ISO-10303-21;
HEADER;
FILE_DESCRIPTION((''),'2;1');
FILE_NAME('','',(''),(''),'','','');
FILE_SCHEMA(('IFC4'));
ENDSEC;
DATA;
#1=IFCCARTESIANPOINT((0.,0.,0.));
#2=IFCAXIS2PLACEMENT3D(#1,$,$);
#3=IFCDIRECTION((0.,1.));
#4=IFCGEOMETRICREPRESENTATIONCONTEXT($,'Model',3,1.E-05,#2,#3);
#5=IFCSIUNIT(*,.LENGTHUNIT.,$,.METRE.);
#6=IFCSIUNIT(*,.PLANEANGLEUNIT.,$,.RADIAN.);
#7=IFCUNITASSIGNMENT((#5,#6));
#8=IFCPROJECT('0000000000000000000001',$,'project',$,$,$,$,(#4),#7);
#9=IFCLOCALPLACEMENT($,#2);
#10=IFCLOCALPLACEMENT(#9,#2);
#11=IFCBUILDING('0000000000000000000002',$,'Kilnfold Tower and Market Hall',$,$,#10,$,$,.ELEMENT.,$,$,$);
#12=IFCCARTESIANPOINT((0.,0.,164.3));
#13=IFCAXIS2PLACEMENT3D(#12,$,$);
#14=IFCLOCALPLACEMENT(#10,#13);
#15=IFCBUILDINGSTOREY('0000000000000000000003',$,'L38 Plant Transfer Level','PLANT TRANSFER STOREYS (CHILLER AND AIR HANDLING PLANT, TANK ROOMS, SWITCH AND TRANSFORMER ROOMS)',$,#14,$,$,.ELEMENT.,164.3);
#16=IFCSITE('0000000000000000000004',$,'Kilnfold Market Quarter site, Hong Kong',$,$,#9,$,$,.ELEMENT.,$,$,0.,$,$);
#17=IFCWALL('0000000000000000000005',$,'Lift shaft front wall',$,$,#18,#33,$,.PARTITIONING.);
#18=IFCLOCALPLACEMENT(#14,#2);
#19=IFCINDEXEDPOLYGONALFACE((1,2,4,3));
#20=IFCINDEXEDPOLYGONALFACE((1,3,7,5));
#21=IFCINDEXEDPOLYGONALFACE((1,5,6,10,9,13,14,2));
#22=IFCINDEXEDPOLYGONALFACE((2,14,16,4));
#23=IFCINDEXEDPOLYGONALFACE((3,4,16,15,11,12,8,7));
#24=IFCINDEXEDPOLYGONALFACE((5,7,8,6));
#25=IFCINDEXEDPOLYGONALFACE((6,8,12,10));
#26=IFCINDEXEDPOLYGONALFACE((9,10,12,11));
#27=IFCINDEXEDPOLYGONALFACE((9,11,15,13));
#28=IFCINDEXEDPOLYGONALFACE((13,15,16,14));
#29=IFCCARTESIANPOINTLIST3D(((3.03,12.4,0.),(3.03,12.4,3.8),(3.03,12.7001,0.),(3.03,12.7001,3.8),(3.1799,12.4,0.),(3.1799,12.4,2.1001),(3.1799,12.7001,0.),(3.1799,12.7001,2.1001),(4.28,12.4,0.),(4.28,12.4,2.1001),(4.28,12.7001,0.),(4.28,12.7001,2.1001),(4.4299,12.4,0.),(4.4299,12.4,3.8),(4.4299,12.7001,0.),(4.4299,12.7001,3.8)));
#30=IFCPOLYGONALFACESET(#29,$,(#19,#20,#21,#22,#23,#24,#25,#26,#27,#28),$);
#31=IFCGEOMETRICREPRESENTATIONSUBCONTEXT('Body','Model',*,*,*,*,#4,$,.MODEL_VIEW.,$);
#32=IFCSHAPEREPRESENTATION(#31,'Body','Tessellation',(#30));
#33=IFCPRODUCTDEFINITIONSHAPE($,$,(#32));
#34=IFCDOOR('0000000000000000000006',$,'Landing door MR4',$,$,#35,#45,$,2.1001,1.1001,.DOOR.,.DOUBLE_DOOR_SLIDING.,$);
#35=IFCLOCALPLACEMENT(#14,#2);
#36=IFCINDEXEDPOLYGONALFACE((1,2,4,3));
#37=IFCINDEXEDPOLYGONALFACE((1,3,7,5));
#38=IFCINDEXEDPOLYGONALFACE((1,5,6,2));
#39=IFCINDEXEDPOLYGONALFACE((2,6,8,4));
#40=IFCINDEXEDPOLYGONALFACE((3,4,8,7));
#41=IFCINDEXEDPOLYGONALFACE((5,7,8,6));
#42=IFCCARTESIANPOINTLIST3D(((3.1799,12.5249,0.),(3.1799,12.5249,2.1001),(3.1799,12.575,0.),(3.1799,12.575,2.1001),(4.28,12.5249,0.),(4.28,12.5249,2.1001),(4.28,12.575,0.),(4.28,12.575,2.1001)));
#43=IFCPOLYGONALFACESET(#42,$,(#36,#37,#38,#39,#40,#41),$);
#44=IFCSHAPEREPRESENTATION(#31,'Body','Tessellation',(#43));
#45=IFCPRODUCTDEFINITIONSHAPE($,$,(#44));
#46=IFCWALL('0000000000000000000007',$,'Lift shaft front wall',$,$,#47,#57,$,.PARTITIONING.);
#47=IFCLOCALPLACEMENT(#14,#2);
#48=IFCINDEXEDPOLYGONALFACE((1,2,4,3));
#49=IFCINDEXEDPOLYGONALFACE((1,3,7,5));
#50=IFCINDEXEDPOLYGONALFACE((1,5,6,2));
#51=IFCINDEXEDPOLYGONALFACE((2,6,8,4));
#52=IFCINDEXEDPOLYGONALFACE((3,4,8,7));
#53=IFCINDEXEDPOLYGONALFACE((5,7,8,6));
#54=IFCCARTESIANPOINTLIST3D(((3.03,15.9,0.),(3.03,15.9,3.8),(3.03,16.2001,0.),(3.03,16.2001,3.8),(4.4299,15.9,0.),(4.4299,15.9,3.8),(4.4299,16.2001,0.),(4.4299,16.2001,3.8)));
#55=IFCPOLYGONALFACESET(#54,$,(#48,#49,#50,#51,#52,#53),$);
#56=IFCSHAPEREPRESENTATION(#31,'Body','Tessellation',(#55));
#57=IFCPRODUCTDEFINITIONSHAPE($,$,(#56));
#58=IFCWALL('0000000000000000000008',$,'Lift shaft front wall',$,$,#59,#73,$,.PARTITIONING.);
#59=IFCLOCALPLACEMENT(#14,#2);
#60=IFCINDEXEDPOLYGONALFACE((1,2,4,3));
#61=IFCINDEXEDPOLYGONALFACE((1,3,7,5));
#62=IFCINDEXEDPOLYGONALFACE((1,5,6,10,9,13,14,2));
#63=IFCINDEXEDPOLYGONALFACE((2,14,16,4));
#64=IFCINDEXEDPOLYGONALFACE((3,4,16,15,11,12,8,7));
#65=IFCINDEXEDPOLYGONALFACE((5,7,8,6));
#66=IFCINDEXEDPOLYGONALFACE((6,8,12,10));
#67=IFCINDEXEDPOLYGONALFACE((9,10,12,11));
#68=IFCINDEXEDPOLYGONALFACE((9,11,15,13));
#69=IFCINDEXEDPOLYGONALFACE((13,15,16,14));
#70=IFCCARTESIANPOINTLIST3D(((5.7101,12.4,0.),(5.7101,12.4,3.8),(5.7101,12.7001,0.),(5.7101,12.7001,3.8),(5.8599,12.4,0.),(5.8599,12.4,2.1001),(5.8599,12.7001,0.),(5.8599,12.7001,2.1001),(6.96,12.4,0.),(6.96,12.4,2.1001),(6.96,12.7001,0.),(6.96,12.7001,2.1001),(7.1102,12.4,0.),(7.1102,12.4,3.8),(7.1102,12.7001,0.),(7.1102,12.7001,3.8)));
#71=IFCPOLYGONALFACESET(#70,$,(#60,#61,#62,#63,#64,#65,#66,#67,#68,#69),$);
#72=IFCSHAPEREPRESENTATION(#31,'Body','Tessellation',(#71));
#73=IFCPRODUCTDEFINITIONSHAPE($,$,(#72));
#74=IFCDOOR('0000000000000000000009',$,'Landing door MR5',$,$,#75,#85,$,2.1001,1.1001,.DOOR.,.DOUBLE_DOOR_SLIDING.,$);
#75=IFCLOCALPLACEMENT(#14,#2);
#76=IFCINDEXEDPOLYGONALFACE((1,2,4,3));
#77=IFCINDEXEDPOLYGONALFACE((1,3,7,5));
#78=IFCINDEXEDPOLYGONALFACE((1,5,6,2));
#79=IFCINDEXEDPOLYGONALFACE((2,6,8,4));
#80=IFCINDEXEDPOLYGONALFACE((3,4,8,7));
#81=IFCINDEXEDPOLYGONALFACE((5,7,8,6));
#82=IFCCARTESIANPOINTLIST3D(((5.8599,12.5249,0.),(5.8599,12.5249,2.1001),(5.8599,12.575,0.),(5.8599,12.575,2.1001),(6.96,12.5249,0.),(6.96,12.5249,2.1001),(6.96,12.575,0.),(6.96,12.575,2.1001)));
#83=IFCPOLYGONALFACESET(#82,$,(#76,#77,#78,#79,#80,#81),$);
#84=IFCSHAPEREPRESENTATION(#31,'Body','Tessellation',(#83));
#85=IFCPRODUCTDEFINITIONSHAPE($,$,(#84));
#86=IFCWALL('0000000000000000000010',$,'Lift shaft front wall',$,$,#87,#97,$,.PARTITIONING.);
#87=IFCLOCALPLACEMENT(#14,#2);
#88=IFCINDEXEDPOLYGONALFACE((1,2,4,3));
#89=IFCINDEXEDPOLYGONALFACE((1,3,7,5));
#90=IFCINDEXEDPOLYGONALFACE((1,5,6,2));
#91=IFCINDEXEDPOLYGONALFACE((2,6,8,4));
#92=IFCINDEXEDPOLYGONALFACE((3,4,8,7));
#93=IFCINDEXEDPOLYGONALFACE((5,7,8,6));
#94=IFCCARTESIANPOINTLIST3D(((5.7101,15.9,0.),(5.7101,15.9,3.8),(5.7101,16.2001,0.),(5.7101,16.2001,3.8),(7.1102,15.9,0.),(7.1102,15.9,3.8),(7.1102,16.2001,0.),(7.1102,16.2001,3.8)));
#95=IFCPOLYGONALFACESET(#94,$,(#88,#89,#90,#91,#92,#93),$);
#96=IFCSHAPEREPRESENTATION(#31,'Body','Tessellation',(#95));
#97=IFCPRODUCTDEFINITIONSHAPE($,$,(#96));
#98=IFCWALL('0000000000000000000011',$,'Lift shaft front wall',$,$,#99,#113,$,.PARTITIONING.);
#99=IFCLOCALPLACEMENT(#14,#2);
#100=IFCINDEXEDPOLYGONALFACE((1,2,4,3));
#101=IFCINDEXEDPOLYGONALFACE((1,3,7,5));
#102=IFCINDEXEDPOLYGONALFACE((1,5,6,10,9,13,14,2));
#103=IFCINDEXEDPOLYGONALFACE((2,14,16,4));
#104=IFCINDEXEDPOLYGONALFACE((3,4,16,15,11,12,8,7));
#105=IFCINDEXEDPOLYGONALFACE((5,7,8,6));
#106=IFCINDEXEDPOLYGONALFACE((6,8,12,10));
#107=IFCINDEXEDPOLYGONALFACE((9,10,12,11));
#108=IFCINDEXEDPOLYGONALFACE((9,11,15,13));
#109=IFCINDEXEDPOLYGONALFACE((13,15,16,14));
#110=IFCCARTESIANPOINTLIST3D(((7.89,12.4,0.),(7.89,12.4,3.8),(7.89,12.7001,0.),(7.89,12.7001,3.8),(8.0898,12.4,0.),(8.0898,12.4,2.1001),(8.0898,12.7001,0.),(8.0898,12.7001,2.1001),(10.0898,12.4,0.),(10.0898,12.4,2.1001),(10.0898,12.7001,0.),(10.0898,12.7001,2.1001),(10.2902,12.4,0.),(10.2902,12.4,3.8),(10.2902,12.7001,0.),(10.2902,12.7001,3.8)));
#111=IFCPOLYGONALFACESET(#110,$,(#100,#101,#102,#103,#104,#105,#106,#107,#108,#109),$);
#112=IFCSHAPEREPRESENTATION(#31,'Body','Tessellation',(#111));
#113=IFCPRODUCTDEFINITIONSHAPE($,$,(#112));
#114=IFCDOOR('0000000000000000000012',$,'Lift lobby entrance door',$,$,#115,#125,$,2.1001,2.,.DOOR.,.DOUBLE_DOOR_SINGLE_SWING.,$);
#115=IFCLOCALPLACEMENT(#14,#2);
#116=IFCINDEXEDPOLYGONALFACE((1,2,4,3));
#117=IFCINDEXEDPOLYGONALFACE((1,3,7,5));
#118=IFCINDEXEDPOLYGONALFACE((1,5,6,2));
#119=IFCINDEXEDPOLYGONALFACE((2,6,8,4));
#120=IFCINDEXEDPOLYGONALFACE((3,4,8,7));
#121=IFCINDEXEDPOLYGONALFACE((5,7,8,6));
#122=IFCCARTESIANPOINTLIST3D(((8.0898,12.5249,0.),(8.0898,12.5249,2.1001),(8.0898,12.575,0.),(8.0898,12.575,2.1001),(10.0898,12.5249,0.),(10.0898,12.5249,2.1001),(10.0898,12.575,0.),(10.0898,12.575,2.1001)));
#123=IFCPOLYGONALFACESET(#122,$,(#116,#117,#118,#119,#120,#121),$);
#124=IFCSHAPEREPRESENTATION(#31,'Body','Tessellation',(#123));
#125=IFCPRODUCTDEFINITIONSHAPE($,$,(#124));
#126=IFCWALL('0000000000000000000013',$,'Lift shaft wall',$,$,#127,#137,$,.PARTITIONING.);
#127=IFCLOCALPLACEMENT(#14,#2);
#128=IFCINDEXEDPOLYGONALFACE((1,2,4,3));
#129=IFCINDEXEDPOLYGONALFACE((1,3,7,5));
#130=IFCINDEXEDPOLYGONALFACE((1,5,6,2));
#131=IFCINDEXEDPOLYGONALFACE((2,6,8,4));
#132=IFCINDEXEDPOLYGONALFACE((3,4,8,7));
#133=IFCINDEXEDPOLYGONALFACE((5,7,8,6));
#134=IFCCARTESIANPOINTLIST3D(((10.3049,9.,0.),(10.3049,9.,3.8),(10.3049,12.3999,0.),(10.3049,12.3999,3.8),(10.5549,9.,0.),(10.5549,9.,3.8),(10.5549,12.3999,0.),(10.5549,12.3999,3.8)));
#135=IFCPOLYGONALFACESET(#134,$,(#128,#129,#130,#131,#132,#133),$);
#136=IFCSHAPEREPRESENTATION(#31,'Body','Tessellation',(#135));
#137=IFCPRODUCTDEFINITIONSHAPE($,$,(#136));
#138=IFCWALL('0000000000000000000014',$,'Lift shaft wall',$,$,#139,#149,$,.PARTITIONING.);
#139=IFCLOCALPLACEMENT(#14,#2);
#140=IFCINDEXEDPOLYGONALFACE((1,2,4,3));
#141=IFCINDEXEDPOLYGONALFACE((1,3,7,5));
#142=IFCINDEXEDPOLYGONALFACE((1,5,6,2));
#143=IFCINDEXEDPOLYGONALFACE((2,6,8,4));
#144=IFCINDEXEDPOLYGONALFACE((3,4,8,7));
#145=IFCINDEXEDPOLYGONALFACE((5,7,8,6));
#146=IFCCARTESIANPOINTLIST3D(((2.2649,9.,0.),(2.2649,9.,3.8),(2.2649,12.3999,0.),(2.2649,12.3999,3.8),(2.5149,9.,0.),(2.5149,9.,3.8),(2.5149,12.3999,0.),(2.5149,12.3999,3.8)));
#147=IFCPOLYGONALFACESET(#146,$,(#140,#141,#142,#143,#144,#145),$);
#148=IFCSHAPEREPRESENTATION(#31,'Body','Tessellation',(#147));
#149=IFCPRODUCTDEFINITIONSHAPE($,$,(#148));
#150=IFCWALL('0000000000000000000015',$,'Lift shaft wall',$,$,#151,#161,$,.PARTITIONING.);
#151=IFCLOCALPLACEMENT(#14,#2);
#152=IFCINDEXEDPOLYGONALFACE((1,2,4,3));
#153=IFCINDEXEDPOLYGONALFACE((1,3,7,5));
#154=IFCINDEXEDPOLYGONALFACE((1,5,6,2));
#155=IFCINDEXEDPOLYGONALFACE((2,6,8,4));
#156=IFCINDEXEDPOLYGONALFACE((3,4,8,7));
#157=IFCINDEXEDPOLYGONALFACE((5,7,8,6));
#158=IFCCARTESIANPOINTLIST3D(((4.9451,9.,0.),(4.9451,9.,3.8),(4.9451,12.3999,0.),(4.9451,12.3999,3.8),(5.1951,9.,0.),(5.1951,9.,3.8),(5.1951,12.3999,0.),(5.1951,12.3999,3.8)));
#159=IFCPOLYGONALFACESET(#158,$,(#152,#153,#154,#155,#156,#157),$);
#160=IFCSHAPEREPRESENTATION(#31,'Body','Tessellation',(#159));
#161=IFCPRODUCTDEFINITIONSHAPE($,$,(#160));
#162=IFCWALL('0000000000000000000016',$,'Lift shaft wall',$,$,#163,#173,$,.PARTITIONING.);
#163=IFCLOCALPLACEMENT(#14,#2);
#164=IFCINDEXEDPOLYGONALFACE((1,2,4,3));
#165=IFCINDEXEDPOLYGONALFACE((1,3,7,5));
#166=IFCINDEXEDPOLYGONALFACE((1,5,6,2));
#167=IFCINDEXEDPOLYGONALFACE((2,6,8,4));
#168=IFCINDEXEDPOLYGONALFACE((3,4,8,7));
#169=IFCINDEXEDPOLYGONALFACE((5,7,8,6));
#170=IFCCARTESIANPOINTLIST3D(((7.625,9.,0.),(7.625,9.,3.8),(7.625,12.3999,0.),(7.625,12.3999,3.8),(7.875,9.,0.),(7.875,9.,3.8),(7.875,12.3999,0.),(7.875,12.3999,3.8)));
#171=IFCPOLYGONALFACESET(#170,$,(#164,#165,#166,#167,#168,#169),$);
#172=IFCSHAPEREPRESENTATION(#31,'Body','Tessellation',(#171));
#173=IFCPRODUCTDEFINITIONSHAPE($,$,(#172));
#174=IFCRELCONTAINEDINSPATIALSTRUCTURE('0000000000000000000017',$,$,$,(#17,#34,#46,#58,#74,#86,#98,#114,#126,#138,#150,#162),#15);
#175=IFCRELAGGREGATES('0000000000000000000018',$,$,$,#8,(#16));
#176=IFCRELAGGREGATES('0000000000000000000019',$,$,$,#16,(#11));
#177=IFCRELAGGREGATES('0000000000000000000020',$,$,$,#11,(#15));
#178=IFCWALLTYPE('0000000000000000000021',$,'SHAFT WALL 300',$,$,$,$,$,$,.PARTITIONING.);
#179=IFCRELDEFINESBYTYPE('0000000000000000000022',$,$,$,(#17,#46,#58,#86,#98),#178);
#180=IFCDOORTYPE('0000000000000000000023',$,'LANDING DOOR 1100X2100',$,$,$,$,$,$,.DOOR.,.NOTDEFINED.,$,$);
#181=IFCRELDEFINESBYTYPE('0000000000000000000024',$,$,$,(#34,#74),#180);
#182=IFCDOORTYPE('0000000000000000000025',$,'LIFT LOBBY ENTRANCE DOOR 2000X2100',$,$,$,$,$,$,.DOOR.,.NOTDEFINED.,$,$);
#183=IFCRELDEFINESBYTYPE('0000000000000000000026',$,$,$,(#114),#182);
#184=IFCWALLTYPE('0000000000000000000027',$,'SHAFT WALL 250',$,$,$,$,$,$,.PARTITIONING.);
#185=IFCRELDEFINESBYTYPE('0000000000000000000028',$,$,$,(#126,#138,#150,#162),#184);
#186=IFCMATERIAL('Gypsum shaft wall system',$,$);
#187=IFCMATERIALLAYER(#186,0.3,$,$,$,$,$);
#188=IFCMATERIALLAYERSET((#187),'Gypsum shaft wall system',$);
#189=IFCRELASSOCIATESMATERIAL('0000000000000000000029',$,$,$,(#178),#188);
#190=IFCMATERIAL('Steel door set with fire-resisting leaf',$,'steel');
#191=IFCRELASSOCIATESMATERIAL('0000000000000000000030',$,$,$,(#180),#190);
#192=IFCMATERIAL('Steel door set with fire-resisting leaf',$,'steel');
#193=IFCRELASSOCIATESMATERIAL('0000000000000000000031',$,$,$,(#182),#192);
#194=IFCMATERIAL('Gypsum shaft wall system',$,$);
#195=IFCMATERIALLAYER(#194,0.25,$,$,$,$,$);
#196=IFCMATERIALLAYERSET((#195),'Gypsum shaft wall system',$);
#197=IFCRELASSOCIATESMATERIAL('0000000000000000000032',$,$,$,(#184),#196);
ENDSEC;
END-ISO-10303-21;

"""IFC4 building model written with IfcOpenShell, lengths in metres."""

from ifc_helpers import new_model, si_unit, direction, frame, frame_2d, origin, place, context, subcontext, project, spatial, rectangle, extrude, source, transform, mapped, material, layer, layer_set, type_object, element, fill, save


model = new_model("IFC4")

# Units and contexts
model_context = context("Model", 3, precision=1e-05, world=origin(), true_north=direction((0.0, 1.0)))
body_context = subcontext(model_context, "Body", "Model", "MODEL_VIEW")
ifc_project = project(units=[si_unit("LENGTHUNIT", "METRE"), si_unit("PLANEANGLEUNIT", "RADIAN")], contexts=[model_context])

# Site, building, storey
site_placement = place(None, origin())
site = spatial("IfcSite", under=ifc_project, at=site_placement, Name="Kilnfold Market Quarter site, Hong Kong", CompositionType="ELEMENT", RefElevation=0.0)
building_placement = place(site_placement, origin())
building = spatial("IfcBuilding", under=site, at=building_placement, Name="Kilnfold Tower and Market Hall", CompositionType="ELEMENT")
storey_placement = place(building_placement, frame((0.0, 0.0, 164.3)))
storey = spatial("IfcBuildingStorey", under=building, at=storey_placement, Name="L38 Plant Transfer Level", Description="PLANT TRANSFER STOREYS (CHILLER AND AIR HANDLING PLANT, TANK ROOMS, SWITCH AND TRANSFORMER ROOMS)", CompositionType="ELEMENT", Elevation=164.3)

# Wall, opening, door
ifc_material_1 = material(Name="Gypsum shaft wall system")
ifc_layer_1 = layer(ifc_material_1, 0.3)
ifc_layer_set_1 = layer_set([ifc_layer_1], Name="Gypsum shaft wall system")
wall_type_1 = type_object("IfcWallType", Name="SHAFT WALL 300", PredefinedType="PARTITIONING", material=ifc_layer_set_1)
shared_shape_1 = source(origin(), body_context, "Body", "SweptSolid", [
    extrude(rectangle(XDim=1.3999, YDim=0.3, at=frame_2d((0.7, 0.0))), origin(), (0.0, 0.0, 1.0), 3.8),
])
ifc_material_2 = material(Name="Steel door set with fire-resisting leaf", Category="steel")
door_type_1 = type_object("IfcDoorType", Name="LANDING DOOR 1100X2100", OperationType="NOTDEFINED", PredefinedType="DOOR", material=ifc_material_2)
wall_1_placement = place(storey_placement, frame((3.03, 12.55, 0.0), z_axis=(0.0, 0.0, 1.0), x_axis=(1.0, 0.0, 0.0)))
wall_1 = element("IfcWall", 1, at=wall_1_placement, inside=storey, type_object=wall_type_1, Name="Lift shaft front wall", PredefinedType="PARTITIONING", context=body_context, shape_type="MappedRepresentation", body=[
    mapped(shared_shape_1, transform((0.0, 0.0, 0.0))),
])
opening_1_placement = place(wall_1_placement, frame((0.1499, 0.0, 0.0)))
opening_1 = element("IfcOpeningElement", 2, at=opening_1_placement, cuts=wall_1, PredefinedType="OPENING", context=body_context, shape_type="SweptSolid", body=[
    extrude(rectangle(XDim=1.1001, YDim=2.1001, at=frame_2d((0.55, 1.05))), frame((0.0, 0.1602, 0.0), z_axis=(0.0, -1.0, 0.0), x_axis=(1.0, 0.0, 0.0)), (0.0, 0.0, 1.0), 0.3201),
])
door_1_placement = place(opening_1_placement, origin())
door_1 = element("IfcDoor", 3, at=door_1_placement, inside=storey, type_object=door_type_1, Name="Landing door MR4", OperationType="DOUBLE_DOOR_SLIDING", OverallHeight=2.1001, OverallWidth=1.1001, PredefinedType="DOOR", context=body_context, shape_type="SweptSolid", body=[
    extrude(rectangle(XDim=1.1001, YDim=2.1001, at=frame_2d((0.55, 1.05))), frame((0.0, 0.0249, 0.0), z_axis=(0.0, -1.0, 0.0), x_axis=(1.0, 0.0, 0.0)), (0.0, 0.0, 1.0), 0.05),
])
fill(opening_1, door_1)

# Wall
wall_2_placement = place(storey_placement, frame((3.03, 16.05, 0.0), z_axis=(0.0, 0.0, 1.0), x_axis=(1.0, 0.0, 0.0)))
element("IfcWall", 4, at=wall_2_placement, inside=storey, type_object=wall_type_1, Name="Lift shaft front wall", PredefinedType="PARTITIONING", context=body_context, shape_type="MappedRepresentation", body=[
    mapped(shared_shape_1, transform((0.0, 0.0, 0.0))),
])

# Wall, opening, door
shared_shape_2 = source(origin(), body_context, "Body", "SweptSolid", [
    extrude(rectangle(XDim=1.4001, YDim=0.3, at=frame_2d((0.7002, 0.0))), origin(), (0.0, 0.0, 1.0), 3.8),
])
wall_3_placement = place(storey_placement, frame((5.71, 12.55, 0.0), z_axis=(0.0, 0.0, 1.0), x_axis=(1.0, 0.0, 0.0)))
wall_3 = element("IfcWall", 5, at=wall_3_placement, inside=storey, type_object=wall_type_1, Name="Lift shaft front wall", PredefinedType="PARTITIONING", context=body_context, shape_type="MappedRepresentation", body=[
    mapped(shared_shape_2, transform((0.0, 0.0, 0.0))),
])
opening_2_placement = place(wall_3_placement, frame((0.1499, 0.0, 0.0)))
opening_2 = element("IfcOpeningElement", 6, at=opening_2_placement, cuts=wall_3, PredefinedType="OPENING", context=body_context, shape_type="SweptSolid", body=[
    extrude(rectangle(XDim=1.1001, YDim=2.1001, at=frame_2d((0.55, 1.05))), frame((0.0, 0.1602, 0.0), z_axis=(0.0, -1.0, 0.0), x_axis=(1.0, 0.0, 0.0)), (0.0, 0.0, 1.0), 0.3201),
])
door_2_placement = place(opening_2_placement, origin())
door_2 = element("IfcDoor", 7, at=door_2_placement, inside=storey, type_object=door_type_1, Name="Landing door MR5", OperationType="DOUBLE_DOOR_SLIDING", OverallHeight=2.1001, OverallWidth=1.1001, PredefinedType="DOOR", context=body_context, shape_type="SweptSolid", body=[
    extrude(rectangle(XDim=1.1001, YDim=2.1001, at=frame_2d((0.55, 1.05))), frame((0.0, 0.0249, 0.0), z_axis=(0.0, -1.0, 0.0), x_axis=(1.0, 0.0, 0.0)), (0.0, 0.0, 1.0), 0.05),
])
fill(opening_2, door_2)

# Wall
wall_4_placement = place(storey_placement, frame((5.71, 16.05, 0.0), z_axis=(0.0, 0.0, 1.0), x_axis=(1.0, 0.0, 0.0)))
element("IfcWall", 8, at=wall_4_placement, inside=storey, type_object=wall_type_1, Name="Lift shaft front wall", PredefinedType="PARTITIONING", context=body_context, shape_type="MappedRepresentation", body=[
    mapped(shared_shape_2, transform((0.0, 0.0, 0.0))),
])

# Wall, opening, door
shared_shape_3 = source(origin(), body_context, "Body", "SweptSolid", [
    extrude(rectangle(XDim=2.4001, YDim=0.3, at=frame_2d((1.2002, 0.0))), origin(), (0.0, 0.0, 1.0), 3.8),
])
wall_5_placement = place(storey_placement, frame((7.8899, 12.55, 0.0), z_axis=(0.0, 0.0, 1.0), x_axis=(1.0, 0.0, 0.0)))
wall_5 = element("IfcWall", 9, at=wall_5_placement, inside=storey, type_object=wall_type_1, Name="Lift shaft front wall", PredefinedType="PARTITIONING", context=body_context, shape_type="MappedRepresentation", body=[
    mapped(shared_shape_3, transform((0.0, 0.0, 0.0))),
])
opening_3_placement = place(wall_5_placement, frame((0.2, 0.0, 0.0)))
opening_3 = element("IfcOpeningElement", 10, at=opening_3_placement, cuts=wall_5, PredefinedType="OPENING", context=body_context, shape_type="SweptSolid", body=[
    extrude(rectangle(XDim=2.0, YDim=2.1001, at=frame_2d((1.0, 1.05))), frame((0.0, 0.1602, 0.0), z_axis=(0.0, -1.0, 0.0), x_axis=(1.0, 0.0, 0.0)), (0.0, 0.0, 1.0), 0.3201),
])
ifc_material_3 = material(Name="Steel door set with fire-resisting leaf", Category="steel")
door_type_2 = type_object("IfcDoorType", Name="LIFT LOBBY ENTRANCE DOOR 2000X2100", OperationType="NOTDEFINED", PredefinedType="DOOR", material=ifc_material_3)
door_3_placement = place(opening_3_placement, origin())
door_3 = element("IfcDoor", 11, at=door_3_placement, inside=storey, type_object=door_type_2, Name="Lift lobby entrance door", OperationType="DOUBLE_DOOR_SINGLE_SWING", OverallHeight=2.1001, OverallWidth=2.0, PredefinedType="DOOR", context=body_context, shape_type="SweptSolid", body=[
    extrude(rectangle(XDim=2.0, YDim=2.1001, at=frame_2d((1.0, 1.05))), frame((0.0, 0.0249, 0.0), z_axis=(0.0, -1.0, 0.0), x_axis=(1.0, 0.0, 0.0)), (0.0, 0.0, 1.0), 0.05),
])
fill(opening_3, door_3)

# Walls
ifc_material_4 = material(Name="Gypsum shaft wall system")
ifc_layer_2 = layer(ifc_material_4, 0.25)
ifc_layer_set_2 = layer_set([ifc_layer_2], Name="Gypsum shaft wall system")
wall_type_2 = type_object("IfcWallType", Name="SHAFT WALL 250", PredefinedType="PARTITIONING", material=ifc_layer_set_2)
shared_shape_4 = source(origin(), body_context, "Body", "SweptSolid", [
    extrude(rectangle(XDim=3.3999, YDim=0.25, at=frame_2d((1.7, 0.0))), origin(), (0.0, 0.0, 1.0), 3.8),
])
for number, where, z_axis, x_axis, name in (
    (12, (10.4299, 9.0, 0.0), (0.0, 0.0, 1.0), (0.0, 1.0, 0.0), "Lift shaft wall"),
    (13, (2.3899, 9.0, 0.0), (0.0, 0.0, 1.0), (0.0, 1.0, 0.0), "Lift shaft wall"),
    (14, (5.0701, 9.0, 0.0), (0.0, 0.0, 1.0), (0.0, 1.0, 0.0), "Lift shaft wall"),
    (15, (7.75, 9.0, 0.0), (0.0, 0.0, 1.0), (0.0, 1.0, 0.0), "Lift shaft wall"),
):
    element("IfcWall", number, at=place(storey_placement, frame(where, z_axis=z_axis, x_axis=x_axis)), inside=storey, type_object=wall_type_2, Name=name, PredefinedType="PARTITIONING", context=body_context, shape_type="MappedRepresentation", body=[
        mapped(shared_shape_4, transform((0.0, 0.0, 0.0))),
    ])

save(model, "model.ifc")
